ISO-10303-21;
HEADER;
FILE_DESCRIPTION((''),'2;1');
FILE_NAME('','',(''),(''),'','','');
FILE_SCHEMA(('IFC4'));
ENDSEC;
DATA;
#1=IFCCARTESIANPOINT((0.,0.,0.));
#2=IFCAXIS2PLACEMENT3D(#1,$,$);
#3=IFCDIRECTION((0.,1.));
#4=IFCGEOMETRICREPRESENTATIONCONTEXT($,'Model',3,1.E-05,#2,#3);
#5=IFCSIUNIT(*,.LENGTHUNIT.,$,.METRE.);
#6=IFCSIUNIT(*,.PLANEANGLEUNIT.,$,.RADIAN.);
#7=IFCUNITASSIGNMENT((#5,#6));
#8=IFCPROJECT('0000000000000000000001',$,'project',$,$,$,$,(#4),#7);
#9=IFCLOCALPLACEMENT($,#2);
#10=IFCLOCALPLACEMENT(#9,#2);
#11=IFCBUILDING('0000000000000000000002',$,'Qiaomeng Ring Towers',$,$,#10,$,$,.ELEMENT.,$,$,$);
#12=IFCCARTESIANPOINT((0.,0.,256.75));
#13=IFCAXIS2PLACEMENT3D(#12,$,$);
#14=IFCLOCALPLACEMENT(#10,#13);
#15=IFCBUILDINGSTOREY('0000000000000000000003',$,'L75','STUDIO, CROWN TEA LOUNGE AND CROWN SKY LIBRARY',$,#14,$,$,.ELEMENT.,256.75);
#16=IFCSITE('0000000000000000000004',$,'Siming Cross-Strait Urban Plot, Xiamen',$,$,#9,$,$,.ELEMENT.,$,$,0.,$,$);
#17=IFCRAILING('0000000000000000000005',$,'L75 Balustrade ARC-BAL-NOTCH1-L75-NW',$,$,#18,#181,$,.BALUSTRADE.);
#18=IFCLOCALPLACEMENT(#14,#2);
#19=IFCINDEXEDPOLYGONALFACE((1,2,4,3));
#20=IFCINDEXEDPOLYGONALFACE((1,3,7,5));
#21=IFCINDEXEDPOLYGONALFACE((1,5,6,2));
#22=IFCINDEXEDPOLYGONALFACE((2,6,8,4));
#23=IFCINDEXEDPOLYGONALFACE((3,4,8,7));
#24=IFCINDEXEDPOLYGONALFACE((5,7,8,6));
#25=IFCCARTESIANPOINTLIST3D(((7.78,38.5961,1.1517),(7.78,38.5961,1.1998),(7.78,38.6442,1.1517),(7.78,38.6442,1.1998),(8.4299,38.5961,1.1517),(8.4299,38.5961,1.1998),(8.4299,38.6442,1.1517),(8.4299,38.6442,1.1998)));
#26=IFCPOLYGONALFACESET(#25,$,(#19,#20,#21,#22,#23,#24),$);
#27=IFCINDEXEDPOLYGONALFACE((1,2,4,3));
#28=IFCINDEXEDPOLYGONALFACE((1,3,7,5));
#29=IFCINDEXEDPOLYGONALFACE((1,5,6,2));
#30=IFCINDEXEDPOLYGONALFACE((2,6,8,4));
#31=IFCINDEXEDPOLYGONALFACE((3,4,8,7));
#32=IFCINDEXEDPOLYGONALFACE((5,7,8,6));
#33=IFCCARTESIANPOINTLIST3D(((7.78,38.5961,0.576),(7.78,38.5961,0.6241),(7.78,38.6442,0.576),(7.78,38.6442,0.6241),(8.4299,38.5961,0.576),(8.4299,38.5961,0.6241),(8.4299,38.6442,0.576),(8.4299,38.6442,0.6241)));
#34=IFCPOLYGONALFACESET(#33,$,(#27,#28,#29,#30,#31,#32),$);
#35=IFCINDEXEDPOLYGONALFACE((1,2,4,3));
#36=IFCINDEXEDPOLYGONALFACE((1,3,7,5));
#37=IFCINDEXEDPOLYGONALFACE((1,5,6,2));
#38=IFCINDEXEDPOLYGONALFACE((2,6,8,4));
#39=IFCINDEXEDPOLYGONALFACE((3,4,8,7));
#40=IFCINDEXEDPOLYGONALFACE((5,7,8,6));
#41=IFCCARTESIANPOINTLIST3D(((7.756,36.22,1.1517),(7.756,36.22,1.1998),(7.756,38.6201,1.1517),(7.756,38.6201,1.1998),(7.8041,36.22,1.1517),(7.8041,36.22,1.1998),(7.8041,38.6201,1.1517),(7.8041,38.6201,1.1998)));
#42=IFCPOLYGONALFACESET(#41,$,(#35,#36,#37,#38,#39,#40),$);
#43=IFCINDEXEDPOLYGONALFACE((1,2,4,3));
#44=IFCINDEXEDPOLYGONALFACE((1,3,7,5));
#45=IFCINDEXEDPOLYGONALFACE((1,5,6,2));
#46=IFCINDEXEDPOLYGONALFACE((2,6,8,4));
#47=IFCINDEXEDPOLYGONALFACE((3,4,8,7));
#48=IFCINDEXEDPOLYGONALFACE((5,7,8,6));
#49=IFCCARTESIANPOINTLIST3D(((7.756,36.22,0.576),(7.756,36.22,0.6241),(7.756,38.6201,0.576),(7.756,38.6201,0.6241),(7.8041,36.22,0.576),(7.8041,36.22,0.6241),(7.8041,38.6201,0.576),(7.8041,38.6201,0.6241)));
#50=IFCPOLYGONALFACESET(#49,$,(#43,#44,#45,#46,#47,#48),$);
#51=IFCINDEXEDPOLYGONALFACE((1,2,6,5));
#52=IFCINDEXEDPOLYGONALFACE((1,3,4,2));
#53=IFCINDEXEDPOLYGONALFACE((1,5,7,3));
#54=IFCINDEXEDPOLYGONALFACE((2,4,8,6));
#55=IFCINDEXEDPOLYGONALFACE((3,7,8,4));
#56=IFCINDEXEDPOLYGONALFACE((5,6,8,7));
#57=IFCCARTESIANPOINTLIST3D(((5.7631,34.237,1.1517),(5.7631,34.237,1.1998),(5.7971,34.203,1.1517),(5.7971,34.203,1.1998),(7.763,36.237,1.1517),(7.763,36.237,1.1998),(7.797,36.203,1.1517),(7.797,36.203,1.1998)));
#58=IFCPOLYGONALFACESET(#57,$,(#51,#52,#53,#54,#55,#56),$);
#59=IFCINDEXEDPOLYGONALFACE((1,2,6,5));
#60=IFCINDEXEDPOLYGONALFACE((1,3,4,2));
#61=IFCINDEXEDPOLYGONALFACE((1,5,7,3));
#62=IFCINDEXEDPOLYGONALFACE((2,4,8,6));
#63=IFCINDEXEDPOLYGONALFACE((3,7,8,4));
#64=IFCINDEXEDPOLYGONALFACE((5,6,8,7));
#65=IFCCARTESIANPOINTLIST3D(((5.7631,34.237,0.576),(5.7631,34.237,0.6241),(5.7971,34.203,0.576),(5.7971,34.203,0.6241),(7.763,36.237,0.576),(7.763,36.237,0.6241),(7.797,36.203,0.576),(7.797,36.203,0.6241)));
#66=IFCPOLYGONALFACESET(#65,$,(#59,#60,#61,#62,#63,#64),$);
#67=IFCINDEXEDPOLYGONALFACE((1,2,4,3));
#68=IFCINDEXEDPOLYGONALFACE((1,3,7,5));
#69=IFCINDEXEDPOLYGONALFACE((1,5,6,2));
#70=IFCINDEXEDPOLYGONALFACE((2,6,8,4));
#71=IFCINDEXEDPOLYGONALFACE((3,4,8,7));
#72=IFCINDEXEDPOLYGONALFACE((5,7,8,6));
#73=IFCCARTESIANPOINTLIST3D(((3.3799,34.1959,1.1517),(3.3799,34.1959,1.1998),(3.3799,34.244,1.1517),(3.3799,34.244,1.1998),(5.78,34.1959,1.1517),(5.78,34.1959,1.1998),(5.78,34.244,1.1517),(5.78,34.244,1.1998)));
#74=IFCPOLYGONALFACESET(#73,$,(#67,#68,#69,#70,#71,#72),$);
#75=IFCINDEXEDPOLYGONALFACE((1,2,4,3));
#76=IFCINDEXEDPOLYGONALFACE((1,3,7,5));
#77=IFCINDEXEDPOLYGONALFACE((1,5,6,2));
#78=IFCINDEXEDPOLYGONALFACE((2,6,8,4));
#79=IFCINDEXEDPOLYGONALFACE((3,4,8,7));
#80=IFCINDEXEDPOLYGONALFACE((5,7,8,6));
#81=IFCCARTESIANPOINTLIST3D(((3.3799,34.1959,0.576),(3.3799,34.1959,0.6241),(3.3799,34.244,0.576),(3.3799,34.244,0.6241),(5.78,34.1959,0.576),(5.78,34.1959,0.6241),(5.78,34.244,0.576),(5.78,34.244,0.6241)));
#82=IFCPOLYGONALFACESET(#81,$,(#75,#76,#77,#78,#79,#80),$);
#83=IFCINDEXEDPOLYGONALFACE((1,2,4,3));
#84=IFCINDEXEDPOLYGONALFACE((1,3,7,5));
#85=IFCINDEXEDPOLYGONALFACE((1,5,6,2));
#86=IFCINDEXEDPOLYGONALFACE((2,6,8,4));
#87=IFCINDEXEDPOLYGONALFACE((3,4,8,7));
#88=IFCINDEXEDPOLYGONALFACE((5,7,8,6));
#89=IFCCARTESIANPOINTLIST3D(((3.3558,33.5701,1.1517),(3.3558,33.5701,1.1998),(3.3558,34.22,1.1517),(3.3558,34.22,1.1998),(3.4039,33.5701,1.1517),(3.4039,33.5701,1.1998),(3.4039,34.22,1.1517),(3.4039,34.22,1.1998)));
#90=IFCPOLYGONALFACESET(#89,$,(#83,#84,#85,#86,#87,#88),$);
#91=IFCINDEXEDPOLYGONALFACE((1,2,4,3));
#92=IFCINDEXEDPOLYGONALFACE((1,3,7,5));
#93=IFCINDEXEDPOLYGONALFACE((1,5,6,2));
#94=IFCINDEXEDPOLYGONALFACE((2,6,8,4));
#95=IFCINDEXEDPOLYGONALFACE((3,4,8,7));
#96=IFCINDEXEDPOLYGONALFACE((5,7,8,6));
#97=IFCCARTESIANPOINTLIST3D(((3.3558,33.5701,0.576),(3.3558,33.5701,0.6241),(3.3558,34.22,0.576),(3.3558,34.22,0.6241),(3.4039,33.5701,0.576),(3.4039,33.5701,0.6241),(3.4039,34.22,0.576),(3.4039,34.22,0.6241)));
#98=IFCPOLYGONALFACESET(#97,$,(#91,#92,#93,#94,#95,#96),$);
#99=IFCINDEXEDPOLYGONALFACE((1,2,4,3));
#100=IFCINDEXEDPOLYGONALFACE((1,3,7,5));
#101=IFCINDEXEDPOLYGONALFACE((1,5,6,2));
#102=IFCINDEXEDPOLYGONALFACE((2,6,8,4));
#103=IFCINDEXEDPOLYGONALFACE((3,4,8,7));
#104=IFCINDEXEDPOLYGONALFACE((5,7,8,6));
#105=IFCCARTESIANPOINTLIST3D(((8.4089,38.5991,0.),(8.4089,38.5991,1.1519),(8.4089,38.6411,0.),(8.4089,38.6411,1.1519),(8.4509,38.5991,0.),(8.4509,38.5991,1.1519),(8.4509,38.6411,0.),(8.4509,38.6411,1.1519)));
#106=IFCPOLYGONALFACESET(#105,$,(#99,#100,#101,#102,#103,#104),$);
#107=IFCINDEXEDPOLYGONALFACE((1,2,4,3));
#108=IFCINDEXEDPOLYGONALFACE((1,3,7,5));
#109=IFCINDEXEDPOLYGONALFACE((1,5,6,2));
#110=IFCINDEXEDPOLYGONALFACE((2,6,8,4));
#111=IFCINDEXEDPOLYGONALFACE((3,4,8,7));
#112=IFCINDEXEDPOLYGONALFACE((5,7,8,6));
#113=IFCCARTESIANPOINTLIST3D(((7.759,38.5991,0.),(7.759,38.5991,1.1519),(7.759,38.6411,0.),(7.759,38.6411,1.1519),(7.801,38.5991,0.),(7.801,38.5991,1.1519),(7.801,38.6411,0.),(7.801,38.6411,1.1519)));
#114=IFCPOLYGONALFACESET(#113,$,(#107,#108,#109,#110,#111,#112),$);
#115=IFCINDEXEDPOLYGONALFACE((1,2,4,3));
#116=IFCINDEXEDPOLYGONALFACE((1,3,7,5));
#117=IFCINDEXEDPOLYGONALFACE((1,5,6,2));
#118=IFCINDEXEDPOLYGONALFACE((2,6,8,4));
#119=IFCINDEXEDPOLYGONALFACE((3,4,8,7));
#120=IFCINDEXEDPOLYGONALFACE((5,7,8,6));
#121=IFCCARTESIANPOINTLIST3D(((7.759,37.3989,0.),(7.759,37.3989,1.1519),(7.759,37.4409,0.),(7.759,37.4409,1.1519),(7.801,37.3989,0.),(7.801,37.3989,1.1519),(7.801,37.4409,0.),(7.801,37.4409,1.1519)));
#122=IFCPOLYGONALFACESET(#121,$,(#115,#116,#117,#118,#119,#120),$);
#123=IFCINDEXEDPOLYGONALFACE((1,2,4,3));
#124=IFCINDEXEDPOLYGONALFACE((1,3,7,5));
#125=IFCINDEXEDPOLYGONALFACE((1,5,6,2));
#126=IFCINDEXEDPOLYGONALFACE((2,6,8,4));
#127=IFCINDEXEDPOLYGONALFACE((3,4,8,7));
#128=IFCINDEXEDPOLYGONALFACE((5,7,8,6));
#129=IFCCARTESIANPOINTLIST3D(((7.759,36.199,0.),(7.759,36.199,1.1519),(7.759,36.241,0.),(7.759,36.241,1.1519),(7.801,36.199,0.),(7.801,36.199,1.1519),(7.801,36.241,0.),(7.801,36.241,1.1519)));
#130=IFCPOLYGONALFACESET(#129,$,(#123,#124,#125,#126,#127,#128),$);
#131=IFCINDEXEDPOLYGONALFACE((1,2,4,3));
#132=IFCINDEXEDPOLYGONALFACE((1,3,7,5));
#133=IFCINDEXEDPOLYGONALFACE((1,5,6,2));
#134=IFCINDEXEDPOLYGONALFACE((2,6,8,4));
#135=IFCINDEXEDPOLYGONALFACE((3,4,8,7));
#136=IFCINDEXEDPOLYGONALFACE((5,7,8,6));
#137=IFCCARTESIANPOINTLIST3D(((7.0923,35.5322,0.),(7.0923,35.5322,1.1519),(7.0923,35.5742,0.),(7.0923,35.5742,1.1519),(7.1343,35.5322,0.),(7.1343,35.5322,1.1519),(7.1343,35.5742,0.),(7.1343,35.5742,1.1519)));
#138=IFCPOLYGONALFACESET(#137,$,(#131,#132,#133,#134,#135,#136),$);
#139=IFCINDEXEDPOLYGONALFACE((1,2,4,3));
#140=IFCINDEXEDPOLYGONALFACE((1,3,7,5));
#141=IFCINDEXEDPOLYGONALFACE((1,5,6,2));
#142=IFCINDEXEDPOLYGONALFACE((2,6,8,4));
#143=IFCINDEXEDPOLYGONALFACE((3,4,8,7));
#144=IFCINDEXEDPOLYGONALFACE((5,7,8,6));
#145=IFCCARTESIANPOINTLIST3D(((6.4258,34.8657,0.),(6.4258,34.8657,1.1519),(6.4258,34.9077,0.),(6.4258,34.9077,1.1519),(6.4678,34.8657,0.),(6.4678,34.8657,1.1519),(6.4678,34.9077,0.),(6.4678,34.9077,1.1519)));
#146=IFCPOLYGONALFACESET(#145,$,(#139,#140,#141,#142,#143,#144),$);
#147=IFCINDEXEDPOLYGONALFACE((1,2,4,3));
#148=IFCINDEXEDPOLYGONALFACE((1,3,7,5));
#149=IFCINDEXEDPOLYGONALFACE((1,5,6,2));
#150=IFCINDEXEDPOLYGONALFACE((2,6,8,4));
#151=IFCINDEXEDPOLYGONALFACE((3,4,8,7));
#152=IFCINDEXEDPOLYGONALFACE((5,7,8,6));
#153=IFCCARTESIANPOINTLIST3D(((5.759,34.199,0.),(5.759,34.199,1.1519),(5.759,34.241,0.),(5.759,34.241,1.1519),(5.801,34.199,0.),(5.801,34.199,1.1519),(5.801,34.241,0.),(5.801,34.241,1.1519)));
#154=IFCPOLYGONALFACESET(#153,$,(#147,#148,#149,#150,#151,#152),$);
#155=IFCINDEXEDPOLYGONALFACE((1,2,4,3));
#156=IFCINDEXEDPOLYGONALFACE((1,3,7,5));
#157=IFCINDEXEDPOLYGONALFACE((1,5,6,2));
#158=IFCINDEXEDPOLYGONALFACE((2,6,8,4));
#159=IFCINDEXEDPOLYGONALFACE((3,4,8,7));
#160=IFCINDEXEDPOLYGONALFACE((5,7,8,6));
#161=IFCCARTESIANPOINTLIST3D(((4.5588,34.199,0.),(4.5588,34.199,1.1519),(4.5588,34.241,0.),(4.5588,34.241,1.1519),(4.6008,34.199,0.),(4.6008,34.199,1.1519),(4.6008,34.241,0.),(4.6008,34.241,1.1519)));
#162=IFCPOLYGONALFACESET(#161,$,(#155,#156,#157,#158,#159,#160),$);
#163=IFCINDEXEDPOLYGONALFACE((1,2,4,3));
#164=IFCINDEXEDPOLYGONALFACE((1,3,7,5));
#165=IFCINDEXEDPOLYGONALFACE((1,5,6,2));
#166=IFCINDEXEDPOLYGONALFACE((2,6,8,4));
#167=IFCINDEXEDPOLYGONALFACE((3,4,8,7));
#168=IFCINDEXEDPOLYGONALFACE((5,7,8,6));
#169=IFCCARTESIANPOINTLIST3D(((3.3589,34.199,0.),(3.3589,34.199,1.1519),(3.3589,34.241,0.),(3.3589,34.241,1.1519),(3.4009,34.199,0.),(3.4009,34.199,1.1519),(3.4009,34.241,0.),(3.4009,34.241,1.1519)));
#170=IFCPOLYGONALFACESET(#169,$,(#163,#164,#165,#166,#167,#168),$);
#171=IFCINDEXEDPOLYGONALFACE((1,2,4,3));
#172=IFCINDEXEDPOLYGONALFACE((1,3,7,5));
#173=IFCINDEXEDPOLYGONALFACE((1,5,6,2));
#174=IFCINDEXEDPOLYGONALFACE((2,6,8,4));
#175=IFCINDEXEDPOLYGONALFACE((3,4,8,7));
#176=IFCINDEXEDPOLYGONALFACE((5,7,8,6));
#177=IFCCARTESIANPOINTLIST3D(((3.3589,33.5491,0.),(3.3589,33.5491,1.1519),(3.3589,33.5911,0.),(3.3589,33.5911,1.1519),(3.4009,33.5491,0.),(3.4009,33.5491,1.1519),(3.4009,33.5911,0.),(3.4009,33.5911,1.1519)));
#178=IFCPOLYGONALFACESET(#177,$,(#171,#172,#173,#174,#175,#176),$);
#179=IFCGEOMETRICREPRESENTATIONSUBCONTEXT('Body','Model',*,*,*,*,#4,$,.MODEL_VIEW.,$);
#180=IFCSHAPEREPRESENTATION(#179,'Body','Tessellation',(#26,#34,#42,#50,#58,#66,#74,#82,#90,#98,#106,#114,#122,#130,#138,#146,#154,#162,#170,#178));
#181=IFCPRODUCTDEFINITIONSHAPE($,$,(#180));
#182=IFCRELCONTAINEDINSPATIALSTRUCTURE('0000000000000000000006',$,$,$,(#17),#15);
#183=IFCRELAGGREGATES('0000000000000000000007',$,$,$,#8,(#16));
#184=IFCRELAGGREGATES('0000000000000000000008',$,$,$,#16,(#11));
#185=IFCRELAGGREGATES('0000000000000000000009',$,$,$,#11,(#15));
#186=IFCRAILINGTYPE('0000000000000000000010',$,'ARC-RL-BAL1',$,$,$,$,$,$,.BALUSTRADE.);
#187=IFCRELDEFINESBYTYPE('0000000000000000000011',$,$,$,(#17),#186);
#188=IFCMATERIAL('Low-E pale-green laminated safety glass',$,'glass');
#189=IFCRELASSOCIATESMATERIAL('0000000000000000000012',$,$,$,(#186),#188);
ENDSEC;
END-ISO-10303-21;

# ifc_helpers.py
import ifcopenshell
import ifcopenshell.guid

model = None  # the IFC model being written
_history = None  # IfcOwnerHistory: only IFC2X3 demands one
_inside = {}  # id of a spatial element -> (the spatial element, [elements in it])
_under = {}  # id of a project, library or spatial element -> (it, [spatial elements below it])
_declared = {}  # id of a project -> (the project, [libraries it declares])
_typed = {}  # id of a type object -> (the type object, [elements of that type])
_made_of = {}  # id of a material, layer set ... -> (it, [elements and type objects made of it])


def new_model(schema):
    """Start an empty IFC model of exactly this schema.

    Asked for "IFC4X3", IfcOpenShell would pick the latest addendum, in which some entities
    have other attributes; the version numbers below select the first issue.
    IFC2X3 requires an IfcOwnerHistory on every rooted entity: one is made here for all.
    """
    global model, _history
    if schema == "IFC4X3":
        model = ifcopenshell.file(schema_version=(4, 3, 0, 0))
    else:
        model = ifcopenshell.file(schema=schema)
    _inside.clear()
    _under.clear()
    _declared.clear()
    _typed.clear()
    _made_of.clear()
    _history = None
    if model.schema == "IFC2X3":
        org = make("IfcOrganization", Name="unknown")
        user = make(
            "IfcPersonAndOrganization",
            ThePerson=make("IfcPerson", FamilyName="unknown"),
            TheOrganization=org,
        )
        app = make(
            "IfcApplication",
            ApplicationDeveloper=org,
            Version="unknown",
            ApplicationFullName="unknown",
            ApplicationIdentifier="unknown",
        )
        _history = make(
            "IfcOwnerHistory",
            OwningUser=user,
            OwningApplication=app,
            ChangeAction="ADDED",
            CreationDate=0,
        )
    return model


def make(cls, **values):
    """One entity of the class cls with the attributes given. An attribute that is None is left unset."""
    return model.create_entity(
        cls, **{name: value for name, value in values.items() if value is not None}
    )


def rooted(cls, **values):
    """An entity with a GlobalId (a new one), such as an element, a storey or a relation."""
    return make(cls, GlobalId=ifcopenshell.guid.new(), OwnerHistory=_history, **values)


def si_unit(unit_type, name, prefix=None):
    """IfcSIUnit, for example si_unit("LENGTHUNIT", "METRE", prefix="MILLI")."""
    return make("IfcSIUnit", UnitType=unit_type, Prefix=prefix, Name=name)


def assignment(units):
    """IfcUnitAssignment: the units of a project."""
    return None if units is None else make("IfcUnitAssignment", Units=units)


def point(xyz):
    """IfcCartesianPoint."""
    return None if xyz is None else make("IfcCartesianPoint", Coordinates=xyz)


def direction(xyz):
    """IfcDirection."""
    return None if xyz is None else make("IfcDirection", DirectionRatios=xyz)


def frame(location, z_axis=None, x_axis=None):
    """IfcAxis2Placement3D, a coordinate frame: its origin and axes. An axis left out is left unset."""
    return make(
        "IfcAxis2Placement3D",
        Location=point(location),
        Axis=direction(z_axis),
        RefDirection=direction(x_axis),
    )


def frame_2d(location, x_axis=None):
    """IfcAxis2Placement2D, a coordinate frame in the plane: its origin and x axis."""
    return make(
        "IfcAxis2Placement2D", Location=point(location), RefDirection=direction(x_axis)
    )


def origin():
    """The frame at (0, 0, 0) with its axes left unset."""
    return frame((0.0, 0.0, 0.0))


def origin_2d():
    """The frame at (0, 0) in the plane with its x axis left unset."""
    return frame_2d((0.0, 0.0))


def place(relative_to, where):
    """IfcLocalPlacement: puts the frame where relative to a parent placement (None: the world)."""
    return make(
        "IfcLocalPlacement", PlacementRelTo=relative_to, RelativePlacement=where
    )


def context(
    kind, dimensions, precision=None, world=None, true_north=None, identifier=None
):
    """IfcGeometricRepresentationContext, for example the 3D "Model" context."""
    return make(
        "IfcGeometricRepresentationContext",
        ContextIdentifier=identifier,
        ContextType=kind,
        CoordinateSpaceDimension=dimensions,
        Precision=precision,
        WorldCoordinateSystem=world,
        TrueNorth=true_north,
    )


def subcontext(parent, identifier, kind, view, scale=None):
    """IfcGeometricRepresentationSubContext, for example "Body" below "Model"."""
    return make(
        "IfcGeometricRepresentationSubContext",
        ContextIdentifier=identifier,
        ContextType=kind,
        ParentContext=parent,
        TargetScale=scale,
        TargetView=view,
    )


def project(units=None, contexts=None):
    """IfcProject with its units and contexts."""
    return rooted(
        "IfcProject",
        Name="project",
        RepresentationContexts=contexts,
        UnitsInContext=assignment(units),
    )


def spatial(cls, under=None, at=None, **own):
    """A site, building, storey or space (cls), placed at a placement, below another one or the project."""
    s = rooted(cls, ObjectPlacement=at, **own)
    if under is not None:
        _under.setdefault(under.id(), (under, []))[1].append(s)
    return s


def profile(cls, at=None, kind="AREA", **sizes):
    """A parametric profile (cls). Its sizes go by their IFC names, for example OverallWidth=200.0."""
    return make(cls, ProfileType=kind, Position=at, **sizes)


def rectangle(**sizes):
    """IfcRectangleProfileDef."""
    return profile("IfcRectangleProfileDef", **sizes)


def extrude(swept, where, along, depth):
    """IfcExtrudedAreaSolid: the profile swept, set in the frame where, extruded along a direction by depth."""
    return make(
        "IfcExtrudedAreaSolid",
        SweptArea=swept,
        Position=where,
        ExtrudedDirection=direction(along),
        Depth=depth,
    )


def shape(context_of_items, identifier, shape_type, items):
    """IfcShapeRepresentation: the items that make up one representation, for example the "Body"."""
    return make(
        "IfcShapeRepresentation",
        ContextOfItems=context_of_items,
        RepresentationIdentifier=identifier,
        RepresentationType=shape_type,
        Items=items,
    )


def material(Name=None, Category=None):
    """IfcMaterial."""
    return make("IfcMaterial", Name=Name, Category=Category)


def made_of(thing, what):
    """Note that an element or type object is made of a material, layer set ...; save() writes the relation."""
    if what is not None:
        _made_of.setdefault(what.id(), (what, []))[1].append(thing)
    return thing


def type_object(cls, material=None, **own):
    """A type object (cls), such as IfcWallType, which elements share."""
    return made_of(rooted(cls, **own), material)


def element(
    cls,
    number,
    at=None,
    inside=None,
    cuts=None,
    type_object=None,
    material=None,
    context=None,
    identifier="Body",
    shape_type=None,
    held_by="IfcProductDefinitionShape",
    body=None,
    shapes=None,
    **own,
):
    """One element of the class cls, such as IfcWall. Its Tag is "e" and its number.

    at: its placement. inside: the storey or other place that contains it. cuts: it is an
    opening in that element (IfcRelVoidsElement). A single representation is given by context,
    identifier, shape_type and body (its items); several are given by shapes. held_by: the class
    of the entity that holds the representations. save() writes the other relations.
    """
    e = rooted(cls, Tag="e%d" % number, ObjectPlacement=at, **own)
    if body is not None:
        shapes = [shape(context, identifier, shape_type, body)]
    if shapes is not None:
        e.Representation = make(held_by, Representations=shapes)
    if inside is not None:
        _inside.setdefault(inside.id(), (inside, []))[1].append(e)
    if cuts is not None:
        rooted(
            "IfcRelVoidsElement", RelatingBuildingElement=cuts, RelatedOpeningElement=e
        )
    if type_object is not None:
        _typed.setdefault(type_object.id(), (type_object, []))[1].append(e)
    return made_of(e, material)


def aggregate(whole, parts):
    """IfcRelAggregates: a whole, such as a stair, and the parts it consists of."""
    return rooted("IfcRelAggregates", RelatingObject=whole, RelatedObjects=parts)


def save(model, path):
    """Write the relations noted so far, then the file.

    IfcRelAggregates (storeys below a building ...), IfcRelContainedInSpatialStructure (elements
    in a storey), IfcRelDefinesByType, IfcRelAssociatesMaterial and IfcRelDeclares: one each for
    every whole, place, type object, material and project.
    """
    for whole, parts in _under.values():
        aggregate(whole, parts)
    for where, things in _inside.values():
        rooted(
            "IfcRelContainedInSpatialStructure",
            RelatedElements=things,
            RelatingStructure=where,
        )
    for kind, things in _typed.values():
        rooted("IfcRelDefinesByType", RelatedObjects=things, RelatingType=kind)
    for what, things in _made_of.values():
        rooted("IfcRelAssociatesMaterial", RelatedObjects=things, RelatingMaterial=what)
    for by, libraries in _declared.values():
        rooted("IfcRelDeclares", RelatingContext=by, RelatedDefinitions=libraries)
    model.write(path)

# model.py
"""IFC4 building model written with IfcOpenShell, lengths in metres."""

from ifc_helpers import new_model, si_unit, direction, frame, origin, origin_2d, place, context, subcontext, project, spatial, rectangle, extrude, material, type_object, element, save


model = new_model("IFC4")

# Units and contexts
model_context = context("Model", 3, precision=1e-05, world=origin(), true_north=direction((0.0, 1.0)))
body_context = subcontext(model_context, "Body", "Model", "MODEL_VIEW")
ifc_project = project(units=[si_unit("LENGTHUNIT", "METRE"), si_unit("PLANEANGLEUNIT", "RADIAN")], contexts=[model_context])

# Site, building, storey
site_placement = place(None, origin())
site = spatial("IfcSite", under=ifc_project, at=site_placement, Name="Siming Cross-Strait Urban Plot, Xiamen", CompositionType="ELEMENT", RefElevation=0.0)
building_placement = place(site_placement, origin())
building = spatial("IfcBuilding", under=site, at=building_placement, Name="Qiaomeng Ring Towers", CompositionType="ELEMENT")
storey_placement = place(building_placement, frame((0.0, 0.0, 256.75)))
storey = spatial("IfcBuildingStorey", under=building, at=storey_placement, Name="L75", Description="STUDIO, CROWN TEA LOUNGE AND CROWN SKY LIBRARY", CompositionType="ELEMENT", Elevation=256.75)

# Railing
ifc_material_1 = material(Name="Low-E pale-green laminated safety glass", Category="glass")
railing_type = type_object("IfcRailingType", Name="ARC-RL-BAL1", PredefinedType="BALUSTRADE", material=ifc_material_1)
railing_placement = place(storey_placement, frame((8.4299, 38.6201, 0.0)))
element("IfcRailing", 1, at=railing_placement, inside=storey, type_object=railing_type, Name="L75 Balustrade ARC-BAL-NOTCH1-L75-NW", PredefinedType="BALUSTRADE", context=body_context, shape_type="SweptSolid", body=[
    extrude(rectangle(XDim=0.0481, YDim=0.0481, at=origin_2d()), frame((0.0, 0.0, 1.1758), z_axis=(-1.0, 0.0, 0.0), x_axis=(0.0, -1.0, 0.0)), (0.0, 0.0, 1.0), 0.6499),
    extrude(rectangle(XDim=0.0481, YDim=0.0481, at=origin_2d()), frame((0.0, 0.0, 0.6001), z_axis=(-1.0, 0.0, 0.0), x_axis=(0.0, -1.0, 0.0)), (0.0, 0.0, 1.0), 0.6499),
    extrude(rectangle(XDim=0.0481, YDim=0.0481, at=origin_2d()), frame((-0.6499, 0.0, 1.1758), z_axis=(0.0, -1.0, 0.0), x_axis=(1.0, 0.0, 0.0)), (0.0, 0.0, 1.0), 2.4001),
    extrude(rectangle(XDim=0.0481, YDim=0.0481, at=origin_2d()), frame((-0.6499, 0.0, 0.6001), z_axis=(0.0, -1.0, 0.0), x_axis=(1.0, 0.0, 0.0)), (0.0, 0.0, 1.0), 2.4001),
    extrude(rectangle(XDim=0.0481, YDim=0.0481, at=origin_2d()), frame((-0.6499, -2.4001, 1.1758), z_axis=(-0.707107, -0.707107, 0.0), x_axis=(0.707107, -0.707107, 0.0)), (0.0, 0.0, 1.0), 2.8284),
    extrude(rectangle(XDim=0.0481, YDim=0.0481, at=origin_2d()), frame((-0.6499, -2.4001, 0.6001), z_axis=(-0.707107, -0.707107, 0.0), x_axis=(0.707107, -0.707107, 0.0)), (0.0, 0.0, 1.0), 2.8284),
    extrude(rectangle(XDim=0.0481, YDim=0.0481, at=origin_2d()), frame((-2.6499, -4.4001, 1.1758), z_axis=(-1.0, 0.0, 0.0), x_axis=(0.0, -1.0, 0.0)), (0.0, 0.0, 1.0), 2.4001),
    extrude(rectangle(XDim=0.0481, YDim=0.0481, at=origin_2d()), frame((-2.6499, -4.4001, 0.6001), z_axis=(-1.0, 0.0, 0.0), x_axis=(0.0, -1.0, 0.0)), (0.0, 0.0, 1.0), 2.4001),
    extrude(rectangle(XDim=0.0481, YDim=0.0481, at=origin_2d()), frame((-5.05, -4.4001, 1.1758), z_axis=(0.0, -1.0, 0.0), x_axis=(1.0, 0.0, 0.0)), (0.0, 0.0, 1.0), 0.6499),
    extrude(rectangle(XDim=0.0481, YDim=0.0481, at=origin_2d()), frame((-5.05, -4.4001, 0.6001), z_axis=(0.0, -1.0, 0.0), x_axis=(1.0, 0.0, 0.0)), (0.0, 0.0, 1.0), 0.6499),
    extrude(rectangle(XDim=0.042, YDim=0.042, at=origin_2d()), origin(), (0.0, 0.0, 1.0), 1.1519),
    extrude(rectangle(XDim=0.042, YDim=0.042, at=origin_2d()), frame((-0.6499, 0.0, 0.0)), (0.0, 0.0, 1.0), 1.1519),
    extrude(rectangle(XDim=0.042, YDim=0.042, at=origin_2d()), frame((-0.6499, -1.2002, 0.0)), (0.0, 0.0, 1.0), 1.1519),
    extrude(rectangle(XDim=0.042, YDim=0.042, at=origin_2d()), frame((-0.6499, -2.4001, 0.0)), (0.0, 0.0, 1.0), 1.1519),
    extrude(rectangle(XDim=0.042, YDim=0.042, at=origin_2d()), frame((-1.3167, -3.0669, 0.0)), (0.0, 0.0, 1.0), 1.1519),
    extrude(rectangle(XDim=0.042, YDim=0.042, at=origin_2d()), frame((-1.9832, -3.7334, 0.0)), (0.0, 0.0, 1.0), 1.1519),
    extrude(rectangle(XDim=0.042, YDim=0.042, at=origin_2d()), frame((-2.6499, -4.4001, 0.0)), (0.0, 0.0, 1.0), 1.1519),
    extrude(rectangle(XDim=0.042, YDim=0.042, at=origin_2d()), frame((-3.8501, -4.4001, 0.0)), (0.0, 0.0, 1.0), 1.1519),
    extrude(rectangle(XDim=0.042, YDim=0.042, at=origin_2d()), frame((-5.05, -4.4001, 0.0)), (0.0, 0.0, 1.0), 1.1519),
    extrude(rectangle(XDim=0.042, YDim=0.042, at=origin_2d()), frame((-5.05, -5.05, 0.0)), (0.0, 0.0, 1.0), 1.1519),
])

save(model, "model.ifc")
